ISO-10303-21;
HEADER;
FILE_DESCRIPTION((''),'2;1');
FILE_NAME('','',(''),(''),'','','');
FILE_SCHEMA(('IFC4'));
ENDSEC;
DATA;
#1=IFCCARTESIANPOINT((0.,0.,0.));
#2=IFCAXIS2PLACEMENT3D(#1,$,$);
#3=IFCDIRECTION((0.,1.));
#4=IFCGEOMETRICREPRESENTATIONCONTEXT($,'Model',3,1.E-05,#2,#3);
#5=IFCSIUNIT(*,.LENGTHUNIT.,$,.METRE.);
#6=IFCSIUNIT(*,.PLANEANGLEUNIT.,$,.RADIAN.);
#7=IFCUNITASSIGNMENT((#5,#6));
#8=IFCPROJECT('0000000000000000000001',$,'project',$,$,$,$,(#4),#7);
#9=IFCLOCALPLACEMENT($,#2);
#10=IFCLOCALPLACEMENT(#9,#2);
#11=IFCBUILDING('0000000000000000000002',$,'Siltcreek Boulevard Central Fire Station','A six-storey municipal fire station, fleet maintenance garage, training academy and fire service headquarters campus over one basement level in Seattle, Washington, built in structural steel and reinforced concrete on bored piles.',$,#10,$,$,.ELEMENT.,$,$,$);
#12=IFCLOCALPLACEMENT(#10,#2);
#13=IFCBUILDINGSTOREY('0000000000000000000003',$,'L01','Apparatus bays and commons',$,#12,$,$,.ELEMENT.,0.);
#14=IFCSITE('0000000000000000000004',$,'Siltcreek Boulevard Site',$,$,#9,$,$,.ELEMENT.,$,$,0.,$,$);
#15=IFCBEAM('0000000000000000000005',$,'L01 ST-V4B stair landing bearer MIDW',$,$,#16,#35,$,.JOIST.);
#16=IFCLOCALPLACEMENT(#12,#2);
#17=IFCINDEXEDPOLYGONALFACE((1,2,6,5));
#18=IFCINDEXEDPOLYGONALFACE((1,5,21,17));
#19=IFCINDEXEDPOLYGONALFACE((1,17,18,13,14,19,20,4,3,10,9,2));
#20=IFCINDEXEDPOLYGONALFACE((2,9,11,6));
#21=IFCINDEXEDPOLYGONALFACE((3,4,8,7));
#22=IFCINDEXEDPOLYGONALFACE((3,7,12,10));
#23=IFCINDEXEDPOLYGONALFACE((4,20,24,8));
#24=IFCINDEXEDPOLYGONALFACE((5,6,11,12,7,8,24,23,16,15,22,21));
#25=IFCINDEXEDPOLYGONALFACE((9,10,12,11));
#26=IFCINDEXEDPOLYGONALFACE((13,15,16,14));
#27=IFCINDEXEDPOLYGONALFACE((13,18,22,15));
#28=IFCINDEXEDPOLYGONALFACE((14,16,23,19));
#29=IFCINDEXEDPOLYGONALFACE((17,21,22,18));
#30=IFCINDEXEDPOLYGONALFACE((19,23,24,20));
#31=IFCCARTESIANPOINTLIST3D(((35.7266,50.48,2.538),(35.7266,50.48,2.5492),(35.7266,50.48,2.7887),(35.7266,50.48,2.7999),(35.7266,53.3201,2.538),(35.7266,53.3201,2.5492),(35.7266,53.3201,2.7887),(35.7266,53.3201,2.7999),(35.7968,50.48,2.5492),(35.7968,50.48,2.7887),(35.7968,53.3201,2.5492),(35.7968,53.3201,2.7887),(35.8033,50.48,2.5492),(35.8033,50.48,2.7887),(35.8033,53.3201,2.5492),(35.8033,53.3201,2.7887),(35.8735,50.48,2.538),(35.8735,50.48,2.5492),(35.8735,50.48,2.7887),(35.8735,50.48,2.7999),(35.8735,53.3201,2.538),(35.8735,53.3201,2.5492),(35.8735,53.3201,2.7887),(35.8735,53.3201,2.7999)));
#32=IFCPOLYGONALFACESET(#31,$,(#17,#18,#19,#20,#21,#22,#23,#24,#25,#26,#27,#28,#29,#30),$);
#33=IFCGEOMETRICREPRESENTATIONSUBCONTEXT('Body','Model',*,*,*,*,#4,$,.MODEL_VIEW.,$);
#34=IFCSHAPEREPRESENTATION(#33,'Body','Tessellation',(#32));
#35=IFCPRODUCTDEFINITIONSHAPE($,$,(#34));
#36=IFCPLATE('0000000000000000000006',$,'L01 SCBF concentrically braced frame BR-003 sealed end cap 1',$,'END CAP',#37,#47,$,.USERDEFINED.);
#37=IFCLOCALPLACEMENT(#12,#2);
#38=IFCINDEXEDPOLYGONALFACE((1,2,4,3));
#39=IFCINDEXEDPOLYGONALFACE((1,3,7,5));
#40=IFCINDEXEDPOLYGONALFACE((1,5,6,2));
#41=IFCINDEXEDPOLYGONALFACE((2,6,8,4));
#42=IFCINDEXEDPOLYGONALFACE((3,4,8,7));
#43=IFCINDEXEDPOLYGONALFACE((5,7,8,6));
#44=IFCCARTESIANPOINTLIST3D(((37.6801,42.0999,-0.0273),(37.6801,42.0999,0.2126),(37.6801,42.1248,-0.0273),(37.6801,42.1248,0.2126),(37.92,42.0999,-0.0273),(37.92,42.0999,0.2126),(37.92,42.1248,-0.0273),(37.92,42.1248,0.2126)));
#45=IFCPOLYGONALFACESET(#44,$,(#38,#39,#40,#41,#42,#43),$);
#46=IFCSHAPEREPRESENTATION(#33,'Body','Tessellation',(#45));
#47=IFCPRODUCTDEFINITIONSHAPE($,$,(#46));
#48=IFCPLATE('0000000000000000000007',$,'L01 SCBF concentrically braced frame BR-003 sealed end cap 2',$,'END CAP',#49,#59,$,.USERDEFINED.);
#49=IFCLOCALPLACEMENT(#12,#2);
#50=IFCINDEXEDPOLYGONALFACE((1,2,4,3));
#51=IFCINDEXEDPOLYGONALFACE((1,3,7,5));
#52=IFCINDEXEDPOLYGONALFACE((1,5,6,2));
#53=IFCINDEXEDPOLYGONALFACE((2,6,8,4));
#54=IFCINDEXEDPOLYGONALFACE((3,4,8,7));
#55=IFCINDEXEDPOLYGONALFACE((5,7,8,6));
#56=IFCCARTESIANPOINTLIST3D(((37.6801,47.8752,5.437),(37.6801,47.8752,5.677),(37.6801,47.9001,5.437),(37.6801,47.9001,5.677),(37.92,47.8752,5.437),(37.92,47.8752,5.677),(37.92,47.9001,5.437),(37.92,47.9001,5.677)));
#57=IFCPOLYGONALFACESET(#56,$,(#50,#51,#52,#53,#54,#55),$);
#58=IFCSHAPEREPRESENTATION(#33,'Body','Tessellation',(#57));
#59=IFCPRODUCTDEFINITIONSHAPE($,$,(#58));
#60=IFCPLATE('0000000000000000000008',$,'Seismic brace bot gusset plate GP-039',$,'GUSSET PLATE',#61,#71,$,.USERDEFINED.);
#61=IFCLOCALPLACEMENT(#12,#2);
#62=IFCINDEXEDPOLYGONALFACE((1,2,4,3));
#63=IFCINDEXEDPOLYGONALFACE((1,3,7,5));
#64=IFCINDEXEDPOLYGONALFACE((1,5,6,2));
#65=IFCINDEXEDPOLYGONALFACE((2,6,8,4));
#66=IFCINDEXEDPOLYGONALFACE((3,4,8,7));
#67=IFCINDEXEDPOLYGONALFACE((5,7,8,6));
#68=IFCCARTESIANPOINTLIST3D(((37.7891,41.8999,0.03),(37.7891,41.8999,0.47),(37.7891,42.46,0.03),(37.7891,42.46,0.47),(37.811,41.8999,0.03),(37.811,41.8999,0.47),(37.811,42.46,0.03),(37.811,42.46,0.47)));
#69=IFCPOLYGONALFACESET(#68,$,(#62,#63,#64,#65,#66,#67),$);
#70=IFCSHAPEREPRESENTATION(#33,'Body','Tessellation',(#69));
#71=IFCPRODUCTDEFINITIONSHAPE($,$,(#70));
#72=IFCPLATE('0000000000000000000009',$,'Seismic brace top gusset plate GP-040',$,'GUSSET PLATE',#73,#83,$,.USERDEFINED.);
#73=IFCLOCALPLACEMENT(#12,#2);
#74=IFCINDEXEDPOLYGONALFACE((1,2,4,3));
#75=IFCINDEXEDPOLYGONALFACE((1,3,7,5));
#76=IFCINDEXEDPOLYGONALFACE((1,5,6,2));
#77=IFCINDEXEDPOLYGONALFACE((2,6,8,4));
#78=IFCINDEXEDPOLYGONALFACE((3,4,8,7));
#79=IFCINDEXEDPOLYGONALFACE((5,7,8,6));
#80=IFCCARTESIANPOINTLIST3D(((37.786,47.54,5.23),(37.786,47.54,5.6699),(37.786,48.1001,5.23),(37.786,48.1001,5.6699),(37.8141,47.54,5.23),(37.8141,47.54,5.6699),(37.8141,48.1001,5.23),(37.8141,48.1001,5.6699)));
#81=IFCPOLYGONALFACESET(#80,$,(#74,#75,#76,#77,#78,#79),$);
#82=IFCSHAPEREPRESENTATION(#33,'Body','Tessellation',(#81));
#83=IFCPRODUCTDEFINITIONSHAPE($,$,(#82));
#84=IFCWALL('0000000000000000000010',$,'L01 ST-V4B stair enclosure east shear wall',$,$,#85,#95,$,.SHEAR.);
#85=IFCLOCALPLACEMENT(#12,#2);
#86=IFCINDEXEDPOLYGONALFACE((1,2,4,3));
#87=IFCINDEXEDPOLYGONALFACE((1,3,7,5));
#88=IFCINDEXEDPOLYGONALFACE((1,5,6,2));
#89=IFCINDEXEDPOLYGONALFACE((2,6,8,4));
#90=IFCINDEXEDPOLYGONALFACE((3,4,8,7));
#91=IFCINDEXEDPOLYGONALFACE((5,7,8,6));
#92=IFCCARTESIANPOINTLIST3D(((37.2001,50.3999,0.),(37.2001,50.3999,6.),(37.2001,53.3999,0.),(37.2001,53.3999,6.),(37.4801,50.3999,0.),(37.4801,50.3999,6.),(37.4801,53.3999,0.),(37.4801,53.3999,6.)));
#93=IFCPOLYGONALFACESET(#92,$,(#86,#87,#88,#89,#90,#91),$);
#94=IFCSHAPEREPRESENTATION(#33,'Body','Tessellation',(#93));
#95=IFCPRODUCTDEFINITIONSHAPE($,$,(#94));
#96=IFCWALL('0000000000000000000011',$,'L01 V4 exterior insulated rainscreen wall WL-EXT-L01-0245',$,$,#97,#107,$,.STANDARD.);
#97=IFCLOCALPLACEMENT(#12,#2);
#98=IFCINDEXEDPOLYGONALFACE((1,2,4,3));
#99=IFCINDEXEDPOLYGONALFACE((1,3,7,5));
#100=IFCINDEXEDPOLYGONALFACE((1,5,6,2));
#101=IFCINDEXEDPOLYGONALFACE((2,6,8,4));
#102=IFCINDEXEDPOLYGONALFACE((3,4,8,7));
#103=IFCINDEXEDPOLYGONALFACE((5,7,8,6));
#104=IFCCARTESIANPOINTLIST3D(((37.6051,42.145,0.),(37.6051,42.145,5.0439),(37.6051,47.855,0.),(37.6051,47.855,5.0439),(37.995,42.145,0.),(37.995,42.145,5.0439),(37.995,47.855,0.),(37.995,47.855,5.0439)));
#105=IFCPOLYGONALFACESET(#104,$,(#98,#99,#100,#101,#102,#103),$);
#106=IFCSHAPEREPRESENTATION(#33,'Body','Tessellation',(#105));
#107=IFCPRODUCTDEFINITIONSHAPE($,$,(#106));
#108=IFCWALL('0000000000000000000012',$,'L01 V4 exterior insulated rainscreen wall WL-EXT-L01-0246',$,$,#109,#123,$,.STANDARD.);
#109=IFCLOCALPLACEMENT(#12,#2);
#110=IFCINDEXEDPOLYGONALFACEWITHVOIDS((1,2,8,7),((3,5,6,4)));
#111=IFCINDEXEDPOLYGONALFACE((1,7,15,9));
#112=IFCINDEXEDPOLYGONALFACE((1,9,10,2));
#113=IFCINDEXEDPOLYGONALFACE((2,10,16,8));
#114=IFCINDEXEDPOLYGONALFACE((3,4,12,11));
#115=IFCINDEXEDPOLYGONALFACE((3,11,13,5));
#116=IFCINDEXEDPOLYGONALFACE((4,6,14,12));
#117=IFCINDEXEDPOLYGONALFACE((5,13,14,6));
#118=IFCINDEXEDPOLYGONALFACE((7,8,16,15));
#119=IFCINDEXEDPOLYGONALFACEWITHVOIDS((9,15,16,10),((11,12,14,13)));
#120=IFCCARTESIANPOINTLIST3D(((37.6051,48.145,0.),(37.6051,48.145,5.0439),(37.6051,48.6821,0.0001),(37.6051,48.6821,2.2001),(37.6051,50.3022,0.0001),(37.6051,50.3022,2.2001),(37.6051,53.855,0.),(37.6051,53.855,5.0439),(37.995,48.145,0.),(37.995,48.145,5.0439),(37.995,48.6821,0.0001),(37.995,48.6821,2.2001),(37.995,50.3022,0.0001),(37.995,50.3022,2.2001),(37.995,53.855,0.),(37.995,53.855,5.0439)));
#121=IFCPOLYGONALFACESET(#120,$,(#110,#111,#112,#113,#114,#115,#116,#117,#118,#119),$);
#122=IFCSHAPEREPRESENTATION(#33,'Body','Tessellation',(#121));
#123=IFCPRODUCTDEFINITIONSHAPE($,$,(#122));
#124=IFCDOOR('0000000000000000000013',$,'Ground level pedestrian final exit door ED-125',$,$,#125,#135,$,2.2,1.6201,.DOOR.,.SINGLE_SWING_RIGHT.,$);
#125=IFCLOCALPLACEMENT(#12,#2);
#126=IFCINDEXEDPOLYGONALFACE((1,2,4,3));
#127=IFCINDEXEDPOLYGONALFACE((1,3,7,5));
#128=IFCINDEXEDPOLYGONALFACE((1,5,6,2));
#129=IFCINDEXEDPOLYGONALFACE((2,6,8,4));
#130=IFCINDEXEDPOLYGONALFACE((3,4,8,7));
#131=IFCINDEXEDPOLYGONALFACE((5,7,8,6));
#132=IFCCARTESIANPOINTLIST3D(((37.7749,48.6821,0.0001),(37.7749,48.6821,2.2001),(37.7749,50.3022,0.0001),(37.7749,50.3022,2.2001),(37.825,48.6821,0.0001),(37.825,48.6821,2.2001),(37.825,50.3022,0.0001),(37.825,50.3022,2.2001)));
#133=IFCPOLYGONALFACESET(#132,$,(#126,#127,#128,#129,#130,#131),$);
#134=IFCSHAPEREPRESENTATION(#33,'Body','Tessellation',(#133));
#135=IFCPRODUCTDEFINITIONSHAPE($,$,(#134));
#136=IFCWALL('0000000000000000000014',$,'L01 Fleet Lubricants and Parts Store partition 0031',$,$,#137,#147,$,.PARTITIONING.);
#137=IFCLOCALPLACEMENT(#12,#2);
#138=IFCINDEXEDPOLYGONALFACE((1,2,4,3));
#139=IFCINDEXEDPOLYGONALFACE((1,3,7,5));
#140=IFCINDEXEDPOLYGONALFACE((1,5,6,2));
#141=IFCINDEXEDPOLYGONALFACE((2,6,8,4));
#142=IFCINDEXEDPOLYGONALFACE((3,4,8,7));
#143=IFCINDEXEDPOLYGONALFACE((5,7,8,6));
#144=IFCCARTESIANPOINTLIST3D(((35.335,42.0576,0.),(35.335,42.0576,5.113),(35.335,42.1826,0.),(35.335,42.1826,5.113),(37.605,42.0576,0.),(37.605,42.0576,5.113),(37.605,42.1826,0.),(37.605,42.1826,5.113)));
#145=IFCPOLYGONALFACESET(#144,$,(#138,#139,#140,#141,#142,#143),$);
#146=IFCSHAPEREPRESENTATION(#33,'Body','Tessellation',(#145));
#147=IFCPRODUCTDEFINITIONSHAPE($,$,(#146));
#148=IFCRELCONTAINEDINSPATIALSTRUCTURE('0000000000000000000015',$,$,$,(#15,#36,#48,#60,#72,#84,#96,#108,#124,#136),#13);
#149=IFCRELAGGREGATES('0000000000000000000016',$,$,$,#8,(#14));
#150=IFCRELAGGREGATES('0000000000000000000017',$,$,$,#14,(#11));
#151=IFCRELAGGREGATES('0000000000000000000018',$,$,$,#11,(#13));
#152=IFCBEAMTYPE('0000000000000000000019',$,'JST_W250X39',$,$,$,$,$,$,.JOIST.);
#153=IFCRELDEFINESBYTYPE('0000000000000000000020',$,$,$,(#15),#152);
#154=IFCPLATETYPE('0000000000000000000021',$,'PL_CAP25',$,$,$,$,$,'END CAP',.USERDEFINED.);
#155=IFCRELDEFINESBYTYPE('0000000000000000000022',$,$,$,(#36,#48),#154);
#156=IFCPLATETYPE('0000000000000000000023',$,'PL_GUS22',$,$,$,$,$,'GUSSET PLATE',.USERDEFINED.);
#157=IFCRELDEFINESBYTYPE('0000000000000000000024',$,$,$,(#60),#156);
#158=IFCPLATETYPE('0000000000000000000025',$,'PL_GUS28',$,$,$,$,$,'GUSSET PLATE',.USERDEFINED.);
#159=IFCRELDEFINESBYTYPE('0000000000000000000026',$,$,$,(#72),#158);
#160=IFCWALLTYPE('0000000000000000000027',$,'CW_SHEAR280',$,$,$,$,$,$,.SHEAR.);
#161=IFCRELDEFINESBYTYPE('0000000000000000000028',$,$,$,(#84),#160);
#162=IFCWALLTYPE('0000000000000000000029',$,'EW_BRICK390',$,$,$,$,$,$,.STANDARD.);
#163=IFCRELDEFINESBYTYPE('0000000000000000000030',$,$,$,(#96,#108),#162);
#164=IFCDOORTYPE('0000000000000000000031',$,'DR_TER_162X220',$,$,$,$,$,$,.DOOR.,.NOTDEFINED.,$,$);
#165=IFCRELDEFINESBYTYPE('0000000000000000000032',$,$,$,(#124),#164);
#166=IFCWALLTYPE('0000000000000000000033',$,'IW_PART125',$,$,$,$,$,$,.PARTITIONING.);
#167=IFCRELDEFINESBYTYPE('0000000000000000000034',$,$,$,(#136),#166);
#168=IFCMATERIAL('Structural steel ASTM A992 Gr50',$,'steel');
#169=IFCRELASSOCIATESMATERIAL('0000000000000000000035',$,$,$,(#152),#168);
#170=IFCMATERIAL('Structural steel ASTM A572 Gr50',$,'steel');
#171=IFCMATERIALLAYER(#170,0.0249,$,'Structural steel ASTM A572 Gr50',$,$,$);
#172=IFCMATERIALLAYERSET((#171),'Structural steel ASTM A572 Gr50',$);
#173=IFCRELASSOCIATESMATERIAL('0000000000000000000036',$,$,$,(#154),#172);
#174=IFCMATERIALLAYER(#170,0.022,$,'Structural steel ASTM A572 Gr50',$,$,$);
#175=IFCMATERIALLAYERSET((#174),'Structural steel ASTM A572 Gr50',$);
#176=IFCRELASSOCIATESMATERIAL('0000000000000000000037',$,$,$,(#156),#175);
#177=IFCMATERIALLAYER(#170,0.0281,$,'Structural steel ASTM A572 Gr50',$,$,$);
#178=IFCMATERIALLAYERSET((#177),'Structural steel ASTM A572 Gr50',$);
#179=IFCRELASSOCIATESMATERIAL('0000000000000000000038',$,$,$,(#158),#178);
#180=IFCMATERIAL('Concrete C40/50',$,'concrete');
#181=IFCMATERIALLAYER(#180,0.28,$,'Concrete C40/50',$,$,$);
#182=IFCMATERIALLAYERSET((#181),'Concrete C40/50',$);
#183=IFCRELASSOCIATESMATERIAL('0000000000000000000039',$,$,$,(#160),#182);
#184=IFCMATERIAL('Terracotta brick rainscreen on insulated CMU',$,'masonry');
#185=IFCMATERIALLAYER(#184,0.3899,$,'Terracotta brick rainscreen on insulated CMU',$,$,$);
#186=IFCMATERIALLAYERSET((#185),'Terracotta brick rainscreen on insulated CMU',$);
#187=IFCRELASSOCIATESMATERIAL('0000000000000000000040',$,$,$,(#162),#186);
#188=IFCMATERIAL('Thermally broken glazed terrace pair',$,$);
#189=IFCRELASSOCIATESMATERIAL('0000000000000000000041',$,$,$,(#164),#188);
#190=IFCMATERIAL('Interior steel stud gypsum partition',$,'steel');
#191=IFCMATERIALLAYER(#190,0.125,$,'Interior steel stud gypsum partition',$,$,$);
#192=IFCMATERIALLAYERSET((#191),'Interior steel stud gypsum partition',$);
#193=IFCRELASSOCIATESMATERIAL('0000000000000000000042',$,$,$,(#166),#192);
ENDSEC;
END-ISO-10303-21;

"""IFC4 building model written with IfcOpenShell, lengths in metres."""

from ifc_helpers import new_model, si_unit, direction, frame, frame_2d, origin, origin_2d, place, context, subcontext, project, spatial, rectangle, i_section, extrude, material, layer, layer_set, material_profile, profile_set, type_object, element, fill, save


model = new_model("IFC4")

# Units and contexts
model_context = context("Model", 3, precision=1e-05, world=origin(), true_north=direction((0.0, 1.0)))
body_context = subcontext(model_context, "Body", "Model", "MODEL_VIEW")
ifc_project = project(units=[si_unit("LENGTHUNIT", "METRE"), si_unit("PLANEANGLEUNIT", "RADIAN")], contexts=[model_context])

# Site, building, storey
site_placement = place(None, origin())
site = spatial("IfcSite", under=ifc_project, at=site_placement, Name="Siltcreek Boulevard Site", CompositionType="ELEMENT", RefElevation=0.0)
building_placement = place(site_placement, origin())
building = spatial("IfcBuilding", under=site, at=building_placement, Name="Siltcreek Boulevard Central Fire Station", Description="A six-storey municipal fire station, fleet maintenance garage, training academy and fire service headquarters campus over one basement level in Seattle, Washington, built in structural steel and reinforced concrete on bored piles.", CompositionType="ELEMENT")
storey_placement = place(building_placement, origin())
storey = spatial("IfcBuildingStorey", under=building, at=storey_placement, Name="L01", Description="Apparatus bays and commons", CompositionType="ELEMENT", Elevation=0.0)

# Shared definitions
ifc_material_1 = material(Name="Structural steel ASTM A992 Gr50", Category="steel")

# Beam
ifc_material_profile_1 = material_profile(ifc_material_1, i_section(OverallWidth=0.147, OverallDepth=0.262, WebThickness=0.0066, FlangeThickness=0.0112, at=origin_2d()), Name="W250X39")
ifc_profile_set_1 = profile_set([ifc_material_profile_1], Name="Structural steel ASTM A992 Gr50")
beam_type_1 = type_object("IfcBeamType", Name="JST_W250X39", PredefinedType="JOIST", material=ifc_profile_set_1)
beam_1_placement = place(storey_placement, frame((35.8, 50.48, 2.6689), z_axis=(0.0, 1.0, 0.0), x_axis=(-1.0, 0.0, 0.0)))
element("IfcBeam", 1, at=beam_1_placement, inside=storey, type_object=beam_type_1, Name="L01 ST-V4B stair landing bearer MIDW", PredefinedType="JOIST", context=body_context, shape_type="SweptSolid", body=[
    extrude(i_section(OverallWidth=0.147, OverallDepth=0.262, WebThickness=0.0066, FlangeThickness=0.0112, at=origin_2d()), origin(), (0.0, 0.0, 1.0), 2.8401),
])

# Plates
ifc_material_2 = material(Name="Structural steel ASTM A572 Gr50", Category="steel")
ifc_layer_1 = layer(ifc_material_2, 0.0249, Name="Structural steel ASTM A572 Gr50")
ifc_layer_set_1 = layer_set([ifc_layer_1], Name="Structural steel ASTM A572 Gr50")
plate_type_1 = type_object("IfcPlateType", Name="PL_CAP25", ElementType="END CAP", PredefinedType="USERDEFINED", material=ifc_layer_set_1)
for number, where, z_axis, x_axis, name in (
    (2, (37.8, 42.1123, -0.0273), (0.0, 0.0, 1.0), (0.0, 1.0, 0.0), "L01 SCBF concentrically braced frame BR-003 sealed end cap 1"),
    (3, (37.8, 47.8877, 5.437), (0.0, 0.0, 1.0), (0.0, 1.0, 0.0), "L01 SCBF concentrically braced frame BR-003 sealed end cap 2"),
):
    element("IfcPlate", number, at=place(storey_placement, frame(where, z_axis=z_axis, x_axis=x_axis)), inside=storey, type_object=plate_type_1, Name=name, ObjectType="END CAP", PredefinedType="USERDEFINED", context=body_context, shape_type="SweptSolid", body=[
        extrude(rectangle(XDim=0.0249, YDim=0.24, at=origin_2d()), origin(), (0.0, 0.0, 1.0), 0.24),
    ])
ifc_layer_2 = layer(ifc_material_2, 0.022, Name="Structural steel ASTM A572 Gr50")
ifc_layer_set_2 = layer_set([ifc_layer_2], Name="Structural steel ASTM A572 Gr50")
plate_type_2 = type_object("IfcPlateType", Name="PL_GUS22", ElementType="GUSSET PLATE", PredefinedType="USERDEFINED", material=ifc_layer_set_2)
plate_1_placement = place(storey_placement, frame((37.8, 42.1799, 0.03), z_axis=(0.0, 0.0, 1.0), x_axis=(0.0, 1.0, 0.0)))
element("IfcPlate", 4, at=plate_1_placement, inside=storey, type_object=plate_type_2, Name="Seismic brace bot gusset plate GP-039", ObjectType="GUSSET PLATE", PredefinedType="USERDEFINED", context=body_context, shape_type="SweptSolid", body=[
    extrude(rectangle(XDim=0.5601, YDim=0.022, at=origin_2d()), origin(), (0.0, 0.0, 1.0), 0.4399),
])
ifc_layer_3 = layer(ifc_material_2, 0.0281, Name="Structural steel ASTM A572 Gr50")
ifc_layer_set_3 = layer_set([ifc_layer_3], Name="Structural steel ASTM A572 Gr50")
plate_type_3 = type_object("IfcPlateType", Name="PL_GUS28", ElementType="GUSSET PLATE", PredefinedType="USERDEFINED", material=ifc_layer_set_3)
plate_2_placement = place(storey_placement, frame((37.8, 47.8201, 5.23), z_axis=(0.0, 0.0, 1.0), x_axis=(0.0, 1.0, 0.0)))
element("IfcPlate", 5, at=plate_2_placement, inside=storey, type_object=plate_type_3, Name="Seismic brace top gusset plate GP-040", ObjectType="GUSSET PLATE", PredefinedType="USERDEFINED", context=body_context, shape_type="SweptSolid", body=[
    extrude(rectangle(XDim=0.5601, YDim=0.0281, at=origin_2d()), origin(), (0.0, 0.0, 1.0), 0.4399),
])

# Walls
ifc_material_3 = material(Name="Concrete C40/50", Category="concrete")
ifc_layer_4 = layer(ifc_material_3, 0.28, Name="Concrete C40/50")
ifc_layer_set_4 = layer_set([ifc_layer_4], Name="Concrete C40/50")
wall_type_1 = type_object("IfcWallType", Name="CW_SHEAR280", PredefinedType="SHEAR", material=ifc_layer_set_4)
wall_1_placement = place(storey_placement, frame((37.3401, 50.3999, 0.0), z_axis=(0.0, 0.0, 1.0), x_axis=(0.0, 1.0, 0.0)))
element("IfcWall", 6, at=wall_1_placement, inside=storey, type_object=wall_type_1, Name="L01 ST-V4B stair enclosure east shear wall", PredefinedType="SHEAR", context=body_context, shape_type="SweptSolid", body=[
    extrude(rectangle(XDim=3.0, YDim=0.28, at=frame_2d((1.5, 0.0))), origin(), (0.0, 0.0, 1.0), 6.0),
])
ifc_material_4 = material(Name="Terracotta brick rainscreen on insulated CMU", Category="masonry")
ifc_layer_5 = layer(ifc_material_4, 0.3899, Name="Terracotta brick rainscreen on insulated CMU")
ifc_layer_set_5 = layer_set([ifc_layer_5], Name="Terracotta brick rainscreen on insulated CMU")
wall_type_2 = type_object("IfcWallType", Name="EW_BRICK390", PredefinedType="STANDARD", material=ifc_layer_set_5)
wall_2_placement = place(storey_placement, frame((37.8, 42.145, 0.0), z_axis=(0.0, 0.0, 1.0), x_axis=(0.0, 1.0, 0.0)))
element("IfcWall", 7, at=wall_2_placement, inside=storey, type_object=wall_type_2, Name="L01 V4 exterior insulated rainscreen wall WL-EXT-L01-0245", PredefinedType="STANDARD", context=body_context, shape_type="SweptSolid", body=[
    extrude(rectangle(XDim=5.71, YDim=0.3899, at=frame_2d((2.855, 0.0))), origin(), (0.0, 0.0, 1.0), 5.0439),
])

# Wall, opening, door
wall_3_placement = place(storey_placement, frame((37.8, 48.145, 0.0), z_axis=(0.0, 0.0, 1.0), x_axis=(0.0, 1.0, 0.0)))
wall_3 = element("IfcWall", 8, at=wall_3_placement, inside=storey, type_object=wall_type_2, Name="L01 V4 exterior insulated rainscreen wall WL-EXT-L01-0246", PredefinedType="STANDARD", context=body_context, shape_type="SweptSolid", body=[
    extrude(rectangle(XDim=5.71, YDim=0.3899, at=frame_2d((2.855, 0.0))), origin(), (0.0, 0.0, 1.0), 5.0439),
])
opening_1_placement = place(wall_3_placement, frame((0.5371, 0.0, 0.0)))
opening_1 = element("IfcOpeningElement", 9, at=opening_1_placement, cuts=wall_3, PredefinedType="OPENING", context=body_context, shape_type="SweptSolid", body=[
    extrude(rectangle(XDim=1.6201, YDim=2.2, at=frame_2d((0.8101, 1.1001))), frame((0.0, 0.2048, 0.0), z_axis=(0.0, -1.0, 0.0), x_axis=(1.0, 0.0, 0.0)), (0.0, 0.0, 1.0), 0.4099),
])
ifc_material_5 = material(Name="Thermally broken glazed terrace pair")
door_type_1 = type_object("IfcDoorType", Name="DR_TER_162X220", OperationType="NOTDEFINED", PredefinedType="DOOR", material=ifc_material_5)
door_1_placement = place(opening_1_placement, frame((1.6201, 0.0, 0.0), z_axis=(0.0, 0.0, 1.0), x_axis=(-1.0, 0.0, 0.0)))
door_1 = element("IfcDoor", 10, at=door_1_placement, inside=storey, type_object=door_type_1, Name="Ground level pedestrian final exit door ED-125", OperationType="SINGLE_SWING_RIGHT", OverallHeight=2.2, OverallWidth=1.6201, PredefinedType="DOOR", context=body_context, shape_type="SweptSolid", body=[
    extrude(rectangle(XDim=1.6201, YDim=2.2, at=frame_2d((0.8101, 1.1001))), frame((0.0, 0.0249, 0.0), z_axis=(0.0, -1.0, 0.0), x_axis=(1.0, 0.0, 0.0)), (0.0, 0.0, 1.0), 0.05),
])
fill(opening_1, door_1)

# Wall
ifc_material_6 = material(Name="Interior steel stud gypsum partition", Category="steel")
ifc_layer_6 = layer(ifc_material_6, 0.125, Name="Interior steel stud gypsum partition")
ifc_layer_set_6 = layer_set([ifc_layer_6], Name="Interior steel stud gypsum partition")
wall_type_3 = type_object("IfcWallType", Name="IW_PART125", PredefinedType="PARTITIONING", material=ifc_layer_set_6)
wall_4_placement = place(storey_placement, frame((37.605, 42.1201, 0.0), z_axis=(0.0, 0.0, 1.0), x_axis=(-1.0, 0.0, 0.0)))
element("IfcWall", 11, at=wall_4_placement, inside=storey, type_object=wall_type_3, Name="L01 Fleet Lubricants and Parts Store partition 0031", PredefinedType="PARTITIONING", context=body_context, shape_type="SweptSolid", body=[
    extrude(rectangle(XDim=2.27, YDim=0.125, at=frame_2d((1.135, 0.0))), origin(), (0.0, 0.0, 1.0), 5.113),
])

save(model, "model.ifc")
